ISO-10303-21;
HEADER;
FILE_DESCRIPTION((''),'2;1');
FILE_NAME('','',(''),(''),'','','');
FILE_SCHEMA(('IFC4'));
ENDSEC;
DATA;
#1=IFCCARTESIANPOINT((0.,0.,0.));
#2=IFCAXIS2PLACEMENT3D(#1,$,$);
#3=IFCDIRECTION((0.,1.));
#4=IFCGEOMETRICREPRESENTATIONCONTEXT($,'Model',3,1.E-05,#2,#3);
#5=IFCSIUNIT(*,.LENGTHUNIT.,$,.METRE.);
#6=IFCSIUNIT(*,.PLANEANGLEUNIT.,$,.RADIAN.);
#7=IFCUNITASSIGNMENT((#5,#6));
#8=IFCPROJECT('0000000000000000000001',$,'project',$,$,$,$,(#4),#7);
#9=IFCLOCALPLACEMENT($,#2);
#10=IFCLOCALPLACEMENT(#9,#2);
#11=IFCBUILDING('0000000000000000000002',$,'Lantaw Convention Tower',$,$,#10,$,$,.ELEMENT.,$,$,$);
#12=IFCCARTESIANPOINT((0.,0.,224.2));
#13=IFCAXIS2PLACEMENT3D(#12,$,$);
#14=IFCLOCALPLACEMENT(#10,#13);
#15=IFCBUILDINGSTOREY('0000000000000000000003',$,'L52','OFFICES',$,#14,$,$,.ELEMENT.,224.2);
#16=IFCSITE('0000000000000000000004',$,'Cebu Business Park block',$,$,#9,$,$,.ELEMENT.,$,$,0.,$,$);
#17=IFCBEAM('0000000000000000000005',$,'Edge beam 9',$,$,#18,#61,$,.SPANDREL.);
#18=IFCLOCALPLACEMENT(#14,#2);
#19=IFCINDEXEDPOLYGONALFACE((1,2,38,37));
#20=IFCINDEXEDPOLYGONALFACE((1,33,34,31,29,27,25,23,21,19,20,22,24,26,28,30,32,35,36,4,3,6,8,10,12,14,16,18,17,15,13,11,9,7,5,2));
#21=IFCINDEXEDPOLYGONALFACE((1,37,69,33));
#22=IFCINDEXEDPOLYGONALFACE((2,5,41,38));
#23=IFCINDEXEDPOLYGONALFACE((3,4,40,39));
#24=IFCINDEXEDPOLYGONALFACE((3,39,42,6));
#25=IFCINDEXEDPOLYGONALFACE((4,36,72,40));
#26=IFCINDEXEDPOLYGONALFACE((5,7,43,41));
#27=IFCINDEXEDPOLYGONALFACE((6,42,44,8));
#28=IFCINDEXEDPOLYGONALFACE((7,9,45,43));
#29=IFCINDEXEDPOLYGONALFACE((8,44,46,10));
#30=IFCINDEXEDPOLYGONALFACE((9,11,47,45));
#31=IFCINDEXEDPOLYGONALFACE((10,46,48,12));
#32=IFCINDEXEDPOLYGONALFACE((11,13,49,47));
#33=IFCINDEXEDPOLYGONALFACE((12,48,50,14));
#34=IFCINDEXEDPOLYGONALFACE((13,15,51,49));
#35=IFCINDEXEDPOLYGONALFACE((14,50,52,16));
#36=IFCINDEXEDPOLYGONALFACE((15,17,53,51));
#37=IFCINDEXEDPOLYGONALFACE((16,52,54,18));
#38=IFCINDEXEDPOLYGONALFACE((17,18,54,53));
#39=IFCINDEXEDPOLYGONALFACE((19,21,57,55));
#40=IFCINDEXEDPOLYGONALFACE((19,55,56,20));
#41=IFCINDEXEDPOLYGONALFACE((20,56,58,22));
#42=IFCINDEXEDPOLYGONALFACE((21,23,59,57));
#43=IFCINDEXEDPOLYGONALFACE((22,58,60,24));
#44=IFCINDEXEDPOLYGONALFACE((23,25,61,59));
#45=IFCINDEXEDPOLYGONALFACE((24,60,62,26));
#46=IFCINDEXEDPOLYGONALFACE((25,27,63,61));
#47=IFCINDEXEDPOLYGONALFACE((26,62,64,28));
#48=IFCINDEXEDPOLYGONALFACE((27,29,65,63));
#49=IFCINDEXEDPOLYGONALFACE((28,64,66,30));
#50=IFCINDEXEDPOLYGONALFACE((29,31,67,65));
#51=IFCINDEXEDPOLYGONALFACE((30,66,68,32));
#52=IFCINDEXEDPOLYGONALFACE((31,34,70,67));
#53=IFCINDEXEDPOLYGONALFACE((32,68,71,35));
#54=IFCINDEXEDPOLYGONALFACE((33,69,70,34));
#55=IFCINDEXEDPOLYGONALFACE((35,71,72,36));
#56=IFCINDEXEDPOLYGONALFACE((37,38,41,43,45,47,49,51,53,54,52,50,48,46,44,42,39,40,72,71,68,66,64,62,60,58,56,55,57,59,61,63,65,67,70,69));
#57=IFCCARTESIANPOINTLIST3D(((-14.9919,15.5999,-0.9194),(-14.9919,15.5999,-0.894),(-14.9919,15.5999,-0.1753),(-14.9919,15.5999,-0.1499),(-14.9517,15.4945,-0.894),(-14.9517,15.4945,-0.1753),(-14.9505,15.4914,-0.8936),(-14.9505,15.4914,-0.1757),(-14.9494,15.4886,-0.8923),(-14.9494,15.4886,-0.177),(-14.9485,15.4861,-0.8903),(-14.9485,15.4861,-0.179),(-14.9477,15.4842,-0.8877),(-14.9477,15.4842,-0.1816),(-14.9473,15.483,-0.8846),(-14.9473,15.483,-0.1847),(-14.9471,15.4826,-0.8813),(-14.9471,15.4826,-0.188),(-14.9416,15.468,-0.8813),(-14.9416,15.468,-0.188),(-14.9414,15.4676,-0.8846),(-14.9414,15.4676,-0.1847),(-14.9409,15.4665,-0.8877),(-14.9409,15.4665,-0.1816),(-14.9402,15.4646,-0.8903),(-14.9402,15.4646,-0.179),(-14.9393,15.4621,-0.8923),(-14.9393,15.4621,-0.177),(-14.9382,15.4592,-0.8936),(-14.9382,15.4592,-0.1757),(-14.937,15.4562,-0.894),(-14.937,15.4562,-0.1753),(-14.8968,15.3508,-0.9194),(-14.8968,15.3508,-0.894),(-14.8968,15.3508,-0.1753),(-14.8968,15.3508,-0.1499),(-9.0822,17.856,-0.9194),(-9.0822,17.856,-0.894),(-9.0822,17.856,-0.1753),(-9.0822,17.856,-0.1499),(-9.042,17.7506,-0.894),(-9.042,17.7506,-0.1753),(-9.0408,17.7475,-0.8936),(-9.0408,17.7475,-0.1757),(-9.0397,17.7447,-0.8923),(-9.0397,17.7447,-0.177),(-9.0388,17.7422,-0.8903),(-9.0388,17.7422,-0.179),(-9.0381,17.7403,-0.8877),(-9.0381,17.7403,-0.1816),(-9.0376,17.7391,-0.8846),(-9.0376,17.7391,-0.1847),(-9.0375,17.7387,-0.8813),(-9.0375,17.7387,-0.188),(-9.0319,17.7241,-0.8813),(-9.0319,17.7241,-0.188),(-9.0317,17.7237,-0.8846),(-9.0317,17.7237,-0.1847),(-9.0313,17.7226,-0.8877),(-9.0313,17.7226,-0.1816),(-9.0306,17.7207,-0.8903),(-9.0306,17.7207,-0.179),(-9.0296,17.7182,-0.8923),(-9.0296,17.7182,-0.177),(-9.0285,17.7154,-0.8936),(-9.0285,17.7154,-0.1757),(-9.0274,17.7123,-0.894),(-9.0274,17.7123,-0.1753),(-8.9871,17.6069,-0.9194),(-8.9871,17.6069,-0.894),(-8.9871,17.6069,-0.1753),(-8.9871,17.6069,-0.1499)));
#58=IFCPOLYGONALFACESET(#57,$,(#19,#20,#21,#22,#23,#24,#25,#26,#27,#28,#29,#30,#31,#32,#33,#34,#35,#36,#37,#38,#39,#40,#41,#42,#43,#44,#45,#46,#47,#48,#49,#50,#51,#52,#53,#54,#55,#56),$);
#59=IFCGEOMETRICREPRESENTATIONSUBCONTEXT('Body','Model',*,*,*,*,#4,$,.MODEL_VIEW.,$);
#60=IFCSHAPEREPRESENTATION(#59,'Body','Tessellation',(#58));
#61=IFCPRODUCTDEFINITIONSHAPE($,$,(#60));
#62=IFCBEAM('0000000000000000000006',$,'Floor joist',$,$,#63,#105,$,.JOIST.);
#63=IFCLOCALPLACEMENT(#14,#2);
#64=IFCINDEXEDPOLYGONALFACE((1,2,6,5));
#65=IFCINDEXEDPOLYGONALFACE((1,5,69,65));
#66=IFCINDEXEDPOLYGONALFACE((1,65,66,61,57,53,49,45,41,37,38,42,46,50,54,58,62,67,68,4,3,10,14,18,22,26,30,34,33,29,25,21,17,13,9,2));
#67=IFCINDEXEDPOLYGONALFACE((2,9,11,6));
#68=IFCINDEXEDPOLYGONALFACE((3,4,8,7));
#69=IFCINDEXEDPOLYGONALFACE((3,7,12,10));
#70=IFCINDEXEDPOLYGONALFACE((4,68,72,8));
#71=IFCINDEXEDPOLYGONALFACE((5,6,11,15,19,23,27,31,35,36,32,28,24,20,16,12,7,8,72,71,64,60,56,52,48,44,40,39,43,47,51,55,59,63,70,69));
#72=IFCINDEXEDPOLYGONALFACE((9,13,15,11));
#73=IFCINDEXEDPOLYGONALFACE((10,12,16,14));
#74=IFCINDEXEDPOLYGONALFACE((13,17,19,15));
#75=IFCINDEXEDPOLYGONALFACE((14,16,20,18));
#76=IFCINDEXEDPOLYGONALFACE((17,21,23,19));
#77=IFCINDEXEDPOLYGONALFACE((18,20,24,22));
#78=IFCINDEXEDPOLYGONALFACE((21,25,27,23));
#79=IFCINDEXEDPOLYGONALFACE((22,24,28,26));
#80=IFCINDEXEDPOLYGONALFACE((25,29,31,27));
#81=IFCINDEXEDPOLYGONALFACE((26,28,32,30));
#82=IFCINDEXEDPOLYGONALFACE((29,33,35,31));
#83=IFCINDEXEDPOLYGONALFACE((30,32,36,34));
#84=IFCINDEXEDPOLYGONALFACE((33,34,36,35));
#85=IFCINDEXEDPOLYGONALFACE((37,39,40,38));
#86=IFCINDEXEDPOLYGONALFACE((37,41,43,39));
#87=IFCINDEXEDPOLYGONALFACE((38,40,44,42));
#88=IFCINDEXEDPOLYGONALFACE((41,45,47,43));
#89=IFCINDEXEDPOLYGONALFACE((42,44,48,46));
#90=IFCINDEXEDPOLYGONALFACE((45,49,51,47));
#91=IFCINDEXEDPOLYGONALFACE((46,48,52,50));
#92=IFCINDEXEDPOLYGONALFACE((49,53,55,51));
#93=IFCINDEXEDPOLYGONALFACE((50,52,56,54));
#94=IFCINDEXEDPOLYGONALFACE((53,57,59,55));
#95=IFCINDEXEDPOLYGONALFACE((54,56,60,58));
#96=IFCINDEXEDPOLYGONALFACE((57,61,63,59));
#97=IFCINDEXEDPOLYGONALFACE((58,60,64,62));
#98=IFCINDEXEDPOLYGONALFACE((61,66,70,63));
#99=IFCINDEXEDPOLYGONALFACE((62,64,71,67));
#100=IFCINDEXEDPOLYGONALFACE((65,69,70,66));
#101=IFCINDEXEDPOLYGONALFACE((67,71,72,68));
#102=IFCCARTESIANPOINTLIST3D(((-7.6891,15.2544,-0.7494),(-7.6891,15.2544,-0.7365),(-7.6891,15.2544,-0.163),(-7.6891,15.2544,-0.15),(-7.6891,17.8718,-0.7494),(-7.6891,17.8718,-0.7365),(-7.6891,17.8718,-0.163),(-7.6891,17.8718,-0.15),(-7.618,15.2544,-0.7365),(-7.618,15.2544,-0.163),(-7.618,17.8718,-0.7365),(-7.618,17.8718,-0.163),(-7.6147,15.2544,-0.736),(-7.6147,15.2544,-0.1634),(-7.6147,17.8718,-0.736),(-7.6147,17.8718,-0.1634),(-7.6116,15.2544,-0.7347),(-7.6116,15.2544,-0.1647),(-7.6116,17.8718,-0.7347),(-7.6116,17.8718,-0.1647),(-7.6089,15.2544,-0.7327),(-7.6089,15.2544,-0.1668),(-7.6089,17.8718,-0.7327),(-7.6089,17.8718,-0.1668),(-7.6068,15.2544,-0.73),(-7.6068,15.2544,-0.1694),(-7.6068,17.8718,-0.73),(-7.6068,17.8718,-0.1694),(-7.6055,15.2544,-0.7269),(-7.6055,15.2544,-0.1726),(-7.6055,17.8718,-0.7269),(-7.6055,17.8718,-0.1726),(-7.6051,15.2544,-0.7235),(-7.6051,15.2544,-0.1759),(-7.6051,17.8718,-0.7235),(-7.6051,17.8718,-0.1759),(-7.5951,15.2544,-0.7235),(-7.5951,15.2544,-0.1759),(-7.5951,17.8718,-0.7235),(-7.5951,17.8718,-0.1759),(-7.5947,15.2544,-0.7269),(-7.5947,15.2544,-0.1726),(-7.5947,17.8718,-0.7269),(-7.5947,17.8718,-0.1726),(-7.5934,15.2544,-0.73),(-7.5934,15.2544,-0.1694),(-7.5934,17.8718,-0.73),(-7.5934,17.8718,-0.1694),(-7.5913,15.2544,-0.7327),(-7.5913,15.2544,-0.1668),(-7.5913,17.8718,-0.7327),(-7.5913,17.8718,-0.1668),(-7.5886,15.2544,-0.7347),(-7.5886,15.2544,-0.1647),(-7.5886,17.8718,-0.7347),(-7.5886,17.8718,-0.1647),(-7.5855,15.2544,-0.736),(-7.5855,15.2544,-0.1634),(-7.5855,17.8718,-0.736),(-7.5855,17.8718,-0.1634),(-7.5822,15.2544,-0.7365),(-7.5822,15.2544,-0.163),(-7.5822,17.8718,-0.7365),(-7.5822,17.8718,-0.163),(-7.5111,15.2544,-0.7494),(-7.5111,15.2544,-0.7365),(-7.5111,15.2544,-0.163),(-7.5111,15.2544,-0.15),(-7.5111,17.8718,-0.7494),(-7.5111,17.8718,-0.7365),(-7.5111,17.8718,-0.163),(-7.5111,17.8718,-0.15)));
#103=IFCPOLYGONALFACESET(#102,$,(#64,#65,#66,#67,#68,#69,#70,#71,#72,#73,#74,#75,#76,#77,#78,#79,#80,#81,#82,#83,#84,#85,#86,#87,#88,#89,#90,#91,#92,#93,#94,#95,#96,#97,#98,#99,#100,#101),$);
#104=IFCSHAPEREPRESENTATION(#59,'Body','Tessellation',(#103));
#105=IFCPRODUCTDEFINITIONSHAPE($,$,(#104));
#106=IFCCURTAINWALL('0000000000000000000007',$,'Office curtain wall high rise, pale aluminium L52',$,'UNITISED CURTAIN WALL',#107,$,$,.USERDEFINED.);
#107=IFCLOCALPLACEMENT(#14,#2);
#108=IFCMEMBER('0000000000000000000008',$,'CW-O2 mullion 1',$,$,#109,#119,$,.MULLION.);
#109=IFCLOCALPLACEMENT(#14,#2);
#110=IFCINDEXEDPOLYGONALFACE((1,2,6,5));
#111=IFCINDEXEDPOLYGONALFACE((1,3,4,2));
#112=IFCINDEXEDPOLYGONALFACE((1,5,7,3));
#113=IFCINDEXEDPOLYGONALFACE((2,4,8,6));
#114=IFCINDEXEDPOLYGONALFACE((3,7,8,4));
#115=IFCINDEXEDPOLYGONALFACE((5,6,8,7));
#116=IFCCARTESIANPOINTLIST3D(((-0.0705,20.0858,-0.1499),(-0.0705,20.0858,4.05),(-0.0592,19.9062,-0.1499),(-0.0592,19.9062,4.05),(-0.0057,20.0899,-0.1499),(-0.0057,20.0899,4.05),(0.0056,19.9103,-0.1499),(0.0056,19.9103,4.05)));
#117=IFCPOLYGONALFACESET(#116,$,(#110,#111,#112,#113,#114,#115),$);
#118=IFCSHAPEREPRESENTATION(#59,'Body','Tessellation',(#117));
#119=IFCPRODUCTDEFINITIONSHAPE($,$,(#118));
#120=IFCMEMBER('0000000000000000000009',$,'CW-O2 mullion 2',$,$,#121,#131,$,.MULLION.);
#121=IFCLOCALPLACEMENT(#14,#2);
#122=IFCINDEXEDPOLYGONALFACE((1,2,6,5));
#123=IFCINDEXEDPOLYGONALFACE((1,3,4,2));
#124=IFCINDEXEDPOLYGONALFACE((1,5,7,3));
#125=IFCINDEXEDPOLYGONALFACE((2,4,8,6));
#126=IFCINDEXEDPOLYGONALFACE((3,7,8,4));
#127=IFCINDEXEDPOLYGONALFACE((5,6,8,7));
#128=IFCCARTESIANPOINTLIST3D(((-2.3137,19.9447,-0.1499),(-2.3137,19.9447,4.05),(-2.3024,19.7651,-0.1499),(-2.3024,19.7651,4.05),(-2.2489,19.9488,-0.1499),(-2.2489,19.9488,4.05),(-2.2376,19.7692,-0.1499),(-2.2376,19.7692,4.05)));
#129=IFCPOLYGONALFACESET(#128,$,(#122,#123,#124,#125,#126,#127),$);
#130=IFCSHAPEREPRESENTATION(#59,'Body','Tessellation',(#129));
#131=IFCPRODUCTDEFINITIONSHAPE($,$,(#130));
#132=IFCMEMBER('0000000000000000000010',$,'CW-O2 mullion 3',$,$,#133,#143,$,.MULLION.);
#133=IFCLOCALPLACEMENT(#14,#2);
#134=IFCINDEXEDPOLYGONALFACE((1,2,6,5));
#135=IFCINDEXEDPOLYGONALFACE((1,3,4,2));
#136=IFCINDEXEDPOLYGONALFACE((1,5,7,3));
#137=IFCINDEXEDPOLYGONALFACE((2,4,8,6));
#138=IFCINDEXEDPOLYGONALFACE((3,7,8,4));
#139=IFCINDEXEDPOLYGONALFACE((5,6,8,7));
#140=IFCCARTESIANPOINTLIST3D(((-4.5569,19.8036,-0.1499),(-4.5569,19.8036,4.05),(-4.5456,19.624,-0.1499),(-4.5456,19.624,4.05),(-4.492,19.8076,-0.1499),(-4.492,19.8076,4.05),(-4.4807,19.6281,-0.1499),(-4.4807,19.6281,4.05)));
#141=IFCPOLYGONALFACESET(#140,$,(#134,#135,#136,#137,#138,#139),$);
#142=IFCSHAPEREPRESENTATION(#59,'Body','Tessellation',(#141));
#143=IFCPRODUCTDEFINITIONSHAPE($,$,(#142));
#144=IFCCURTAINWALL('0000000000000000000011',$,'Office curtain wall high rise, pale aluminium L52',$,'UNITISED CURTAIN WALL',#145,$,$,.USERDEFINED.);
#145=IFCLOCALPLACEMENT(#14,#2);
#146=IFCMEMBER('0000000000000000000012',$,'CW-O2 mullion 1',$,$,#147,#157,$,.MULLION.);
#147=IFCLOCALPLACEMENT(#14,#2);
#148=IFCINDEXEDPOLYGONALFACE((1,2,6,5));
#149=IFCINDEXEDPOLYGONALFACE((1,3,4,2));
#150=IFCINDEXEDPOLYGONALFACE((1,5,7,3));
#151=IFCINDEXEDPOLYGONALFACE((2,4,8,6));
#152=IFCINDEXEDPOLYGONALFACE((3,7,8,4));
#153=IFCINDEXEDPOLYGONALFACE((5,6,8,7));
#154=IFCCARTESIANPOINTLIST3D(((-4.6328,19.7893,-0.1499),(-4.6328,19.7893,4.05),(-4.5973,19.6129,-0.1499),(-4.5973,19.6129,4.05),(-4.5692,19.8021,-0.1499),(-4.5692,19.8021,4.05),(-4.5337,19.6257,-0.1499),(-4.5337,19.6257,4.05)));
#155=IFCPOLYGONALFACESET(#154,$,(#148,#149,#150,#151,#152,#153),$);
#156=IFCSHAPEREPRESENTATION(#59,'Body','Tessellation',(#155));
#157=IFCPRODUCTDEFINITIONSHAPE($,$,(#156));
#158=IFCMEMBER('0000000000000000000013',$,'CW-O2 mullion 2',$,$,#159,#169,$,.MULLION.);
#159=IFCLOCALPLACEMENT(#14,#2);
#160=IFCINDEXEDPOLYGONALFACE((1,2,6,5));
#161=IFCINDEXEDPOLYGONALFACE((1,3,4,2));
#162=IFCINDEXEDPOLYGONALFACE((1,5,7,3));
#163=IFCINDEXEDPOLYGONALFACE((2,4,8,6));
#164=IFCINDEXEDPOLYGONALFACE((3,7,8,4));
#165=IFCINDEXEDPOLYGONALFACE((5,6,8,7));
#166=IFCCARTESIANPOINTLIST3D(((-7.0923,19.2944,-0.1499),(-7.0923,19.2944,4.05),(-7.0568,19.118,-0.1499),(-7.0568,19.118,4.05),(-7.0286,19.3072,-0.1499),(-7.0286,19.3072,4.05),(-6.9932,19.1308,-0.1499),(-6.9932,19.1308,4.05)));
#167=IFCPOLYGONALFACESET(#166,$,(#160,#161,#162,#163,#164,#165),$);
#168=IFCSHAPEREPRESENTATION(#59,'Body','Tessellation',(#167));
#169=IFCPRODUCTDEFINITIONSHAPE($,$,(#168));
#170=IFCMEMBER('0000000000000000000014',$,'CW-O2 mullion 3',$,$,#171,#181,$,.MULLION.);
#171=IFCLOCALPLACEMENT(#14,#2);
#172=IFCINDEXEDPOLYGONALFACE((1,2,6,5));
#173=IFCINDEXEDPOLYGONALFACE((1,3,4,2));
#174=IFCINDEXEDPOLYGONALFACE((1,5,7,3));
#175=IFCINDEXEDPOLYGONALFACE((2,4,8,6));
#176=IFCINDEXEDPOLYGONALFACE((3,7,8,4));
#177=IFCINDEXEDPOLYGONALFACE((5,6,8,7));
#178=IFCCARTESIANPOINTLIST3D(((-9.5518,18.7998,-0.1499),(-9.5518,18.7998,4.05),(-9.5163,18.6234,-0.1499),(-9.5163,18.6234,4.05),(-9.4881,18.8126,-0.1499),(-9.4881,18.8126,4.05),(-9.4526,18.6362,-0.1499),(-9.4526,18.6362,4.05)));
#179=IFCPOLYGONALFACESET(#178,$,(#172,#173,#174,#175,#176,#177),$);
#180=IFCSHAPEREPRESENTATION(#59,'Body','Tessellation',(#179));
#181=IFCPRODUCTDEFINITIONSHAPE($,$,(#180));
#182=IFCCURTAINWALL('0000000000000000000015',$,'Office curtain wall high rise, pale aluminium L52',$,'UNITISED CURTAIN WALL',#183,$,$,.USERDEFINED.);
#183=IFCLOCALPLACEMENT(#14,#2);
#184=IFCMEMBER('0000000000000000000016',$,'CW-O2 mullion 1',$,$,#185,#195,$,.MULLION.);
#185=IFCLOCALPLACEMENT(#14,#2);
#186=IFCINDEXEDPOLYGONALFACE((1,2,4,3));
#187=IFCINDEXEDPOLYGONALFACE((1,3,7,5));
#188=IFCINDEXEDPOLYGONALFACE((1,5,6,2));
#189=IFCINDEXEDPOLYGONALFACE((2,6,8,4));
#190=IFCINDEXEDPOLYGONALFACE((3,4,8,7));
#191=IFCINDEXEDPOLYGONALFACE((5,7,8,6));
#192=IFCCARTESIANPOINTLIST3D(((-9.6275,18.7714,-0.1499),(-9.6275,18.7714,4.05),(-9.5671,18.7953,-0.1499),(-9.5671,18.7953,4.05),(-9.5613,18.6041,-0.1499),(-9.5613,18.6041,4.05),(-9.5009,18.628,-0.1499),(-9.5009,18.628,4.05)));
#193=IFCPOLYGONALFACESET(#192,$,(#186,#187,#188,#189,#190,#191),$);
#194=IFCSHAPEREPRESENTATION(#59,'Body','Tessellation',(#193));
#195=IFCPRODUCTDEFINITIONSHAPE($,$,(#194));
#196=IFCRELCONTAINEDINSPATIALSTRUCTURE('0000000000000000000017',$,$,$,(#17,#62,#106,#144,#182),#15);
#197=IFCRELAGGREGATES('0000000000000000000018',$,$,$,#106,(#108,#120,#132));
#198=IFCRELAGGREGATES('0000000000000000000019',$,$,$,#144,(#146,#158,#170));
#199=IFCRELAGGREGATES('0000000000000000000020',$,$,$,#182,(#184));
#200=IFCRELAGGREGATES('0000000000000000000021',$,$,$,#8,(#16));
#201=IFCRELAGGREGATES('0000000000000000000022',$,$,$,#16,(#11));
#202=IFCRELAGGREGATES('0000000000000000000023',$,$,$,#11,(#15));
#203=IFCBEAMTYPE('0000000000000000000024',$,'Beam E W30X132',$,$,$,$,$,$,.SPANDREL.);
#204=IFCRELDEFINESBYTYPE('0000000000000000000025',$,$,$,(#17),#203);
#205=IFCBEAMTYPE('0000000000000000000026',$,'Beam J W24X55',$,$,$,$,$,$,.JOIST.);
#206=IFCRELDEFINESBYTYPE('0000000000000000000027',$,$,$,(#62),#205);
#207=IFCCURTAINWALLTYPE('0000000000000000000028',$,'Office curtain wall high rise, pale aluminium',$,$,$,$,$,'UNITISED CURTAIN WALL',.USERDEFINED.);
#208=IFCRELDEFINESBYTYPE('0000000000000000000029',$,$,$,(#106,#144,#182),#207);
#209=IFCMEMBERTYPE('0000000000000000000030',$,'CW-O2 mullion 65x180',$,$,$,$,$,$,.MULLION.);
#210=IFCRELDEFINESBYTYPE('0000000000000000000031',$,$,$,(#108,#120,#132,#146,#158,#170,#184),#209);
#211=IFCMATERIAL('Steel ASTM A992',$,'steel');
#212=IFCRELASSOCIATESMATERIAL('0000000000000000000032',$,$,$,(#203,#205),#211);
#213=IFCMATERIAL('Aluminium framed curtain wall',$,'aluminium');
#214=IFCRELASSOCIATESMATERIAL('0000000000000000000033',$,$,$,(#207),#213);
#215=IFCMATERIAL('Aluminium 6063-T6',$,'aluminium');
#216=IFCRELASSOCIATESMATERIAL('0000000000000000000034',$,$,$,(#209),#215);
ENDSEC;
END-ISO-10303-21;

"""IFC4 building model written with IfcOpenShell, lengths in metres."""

from ifc_helpers import new_model, si_unit, direction, frame, origin, origin_2d, place, context, subcontext, project, spatial, rectangle, i_section, extrude, material, material_profile, profile_set, type_object, element, aggregate, save


model = new_model("IFC4")

# Units and contexts
model_context = context("Model", 3, precision=1e-05, world=origin(), true_north=direction((0.0, 1.0)))
body_context = subcontext(model_context, "Body", "Model", "MODEL_VIEW")
ifc_project = project(units=[si_unit("LENGTHUNIT", "METRE"), si_unit("PLANEANGLEUNIT", "RADIAN")], contexts=[model_context])

# Site, building, storey
site_placement = place(None, origin())
site = spatial("IfcSite", under=ifc_project, at=site_placement, Name="Cebu Business Park block", CompositionType="ELEMENT", RefElevation=0.0)
building_placement = place(site_placement, origin())
building = spatial("IfcBuilding", under=site, at=building_placement, Name="Lantaw Convention Tower", CompositionType="ELEMENT")
storey_placement = place(building_placement, frame((0.0, 0.0, 224.2)))
storey = spatial("IfcBuildingStorey", under=building, at=storey_placement, Name="L52", Description="OFFICES", CompositionType="ELEMENT", Elevation=224.2)

# Beams
ifc_material_1 = material(Name="Steel ASTM A992", Category="steel")
ifc_material_profile_1 = material_profile(ifc_material_1, i_section(OverallWidth=0.2666, OverallDepth=0.7695, WebThickness=0.0156, FlangeThickness=0.0254, FilletRadius=0.0127, at=origin_2d()), Name="W30X132")
ifc_profile_set_1 = profile_set([ifc_material_profile_1], Name="Steel ASTM A992")
beam_type_1 = type_object("IfcBeamType", Name="Beam E W30X132", PredefinedType="SPANDREL", material=ifc_profile_set_1)
beam_1_placement = place(storey_placement, frame((-9.0347, 17.7314, -0.5347), z_axis=(-0.934235, -0.356658, 0.0), x_axis=(0.356658, -0.934235, 0.0)))
element("IfcBeam", 1, at=beam_1_placement, inside=storey, type_object=beam_type_1, Name="Edge beam 9", PredefinedType="SPANDREL", context=body_context, shape_type="SweptSolid", body=[
    extrude(i_section(OverallWidth=0.2666, OverallDepth=0.7695, WebThickness=0.0156, FlangeThickness=0.0254, FilletRadius=0.0127, at=origin_2d()), origin(), (0.0, 0.0, 1.0), 6.3257),
])
ifc_material_profile_2 = material_profile(ifc_material_1, i_section(OverallWidth=0.178, OverallDepth=0.5994, WebThickness=0.01, FlangeThickness=0.0129, FilletRadius=0.0129, at=origin_2d()), Name="W24X55")
ifc_profile_set_2 = profile_set([ifc_material_profile_2], Name="Steel ASTM A992")
beam_type_2 = type_object("IfcBeamType", Name="Beam J W24X55", PredefinedType="JOIST", material=ifc_profile_set_2)
beam_2_placement = place(storey_placement, frame((-7.6001, 15.2544, -0.4497), z_axis=(0.0, 1.0, 0.0), x_axis=(-1.0, 0.0, 0.0)))
element("IfcBeam", 2, at=beam_2_placement, inside=storey, type_object=beam_type_2, Name="Floor joist", PredefinedType="JOIST", context=body_context, shape_type="SweptSolid", body=[
    extrude(i_section(OverallWidth=0.178, OverallDepth=0.5994, WebThickness=0.01, FlangeThickness=0.0129, FilletRadius=0.0129, at=origin_2d()), origin(), (0.0, 0.0, 1.0), 2.6174),
])

# Curtain walls, members
ifc_material_2 = material(Name="Aluminium framed curtain wall", Category="aluminium")
curtain_wall_type = type_object("IfcCurtainWallType", Name="Office curtain wall high rise, pale aluminium", ElementType="UNITISED CURTAIN WALL", PredefinedType="USERDEFINED", material=ifc_material_2)
curtain_wall_1_placement = place(storey_placement, origin())
curtain_wall_1 = element("IfcCurtainWall", 3, at=curtain_wall_1_placement, inside=storey, type_object=curtain_wall_type, Name="Office curtain wall high rise, pale aluminium L52", ObjectType="UNITISED CURTAIN WALL", PredefinedType="USERDEFINED")
ifc_material_3 = material(Name="Aluminium 6063-T6", Category="aluminium")
ifc_material_profile_3 = material_profile(ifc_material_3, rectangle(XDim=0.1799, YDim=0.0649, at=origin_2d()), Name="CW-O2 mullion 65x180")
ifc_profile_set_3 = profile_set([ifc_material_profile_3], Name="Aluminium 6063-T6")
member_type_1 = type_object("IfcMemberType", Name="CW-O2 mullion 65x180", PredefinedType="MULLION", material=ifc_profile_set_3)
member_1_placement = place(storey_placement, frame((-0.0325, 19.998, -0.1499), z_axis=(0.0, 0.0, 1.0), x_axis=(0.062758, -0.998029, 0.0)))
member_1 = element("IfcMember", 4, at=member_1_placement, type_object=member_type_1, Name="CW-O2 mullion 1", PredefinedType="MULLION", context=body_context, shape_type="SweptSolid", body=[
    extrude(rectangle(XDim=0.1799, YDim=0.0649, at=origin_2d()), origin(), (0.0, 0.0, 1.0), 4.2),
])
member_2_placement = place(storey_placement, frame((-2.2756, 19.8569, -0.1499), z_axis=(0.0, 0.0, 1.0), x_axis=(0.062758, -0.998029, 0.0)))
member_2 = element("IfcMember", 5, at=member_2_placement, type_object=member_type_1, Name="CW-O2 mullion 2", PredefinedType="MULLION", context=body_context, shape_type="SweptSolid", body=[
    extrude(rectangle(XDim=0.1799, YDim=0.0649, at=origin_2d()), origin(), (0.0, 0.0, 1.0), 4.2),
])
member_3_placement = place(storey_placement, frame((-4.5188, 19.7158, -0.1499), z_axis=(0.0, 0.0, 1.0), x_axis=(0.062758, -0.998029, 0.0)))
member_3 = element("IfcMember", 6, at=member_3_placement, type_object=member_type_1, Name="CW-O2 mullion 3", PredefinedType="MULLION", context=body_context, shape_type="SweptSolid", body=[
    extrude(rectangle(XDim=0.1799, YDim=0.0649, at=origin_2d()), origin(), (0.0, 0.0, 1.0), 4.2),
])
curtain_wall_2_placement = place(storey_placement, origin())
curtain_wall_2 = element("IfcCurtainWall", 7, at=curtain_wall_2_placement, inside=storey, type_object=curtain_wall_type, Name="Office curtain wall high rise, pale aluminium L52", ObjectType="UNITISED CURTAIN WALL", PredefinedType="USERDEFINED")
member_4_placement = place(storey_placement, frame((-4.5833, 19.7075, -0.1499), z_axis=(0.0, 0.0, 1.0), x_axis=(0.197183, -0.980367, 0.0)))
member_4 = element("IfcMember", 8, at=member_4_placement, type_object=member_type_1, Name="CW-O2 mullion 1", PredefinedType="MULLION", context=body_context, shape_type="SweptSolid", body=[
    extrude(rectangle(XDim=0.1799, YDim=0.0649, at=origin_2d()), origin(), (0.0, 0.0, 1.0), 4.2),
])
member_5_placement = place(storey_placement, frame((-7.0427, 19.2126, -0.1499), z_axis=(0.0, 0.0, 1.0), x_axis=(0.197183, -0.980367, 0.0)))
member_5 = element("IfcMember", 9, at=member_5_placement, type_object=member_type_1, Name="CW-O2 mullion 2", PredefinedType="MULLION", context=body_context, shape_type="SweptSolid", body=[
    extrude(rectangle(XDim=0.1799, YDim=0.0649, at=origin_2d()), origin(), (0.0, 0.0, 1.0), 4.2),
])
member_6_placement = place(storey_placement, frame((-9.5022, 18.718, -0.1499), z_axis=(0.0, 0.0, 1.0), x_axis=(0.197183, -0.980367, 0.0)))
member_6 = element("IfcMember", 10, at=member_6_placement, type_object=member_type_1, Name="CW-O2 mullion 3", PredefinedType="MULLION", context=body_context, shape_type="SweptSolid", body=[
    extrude(rectangle(XDim=0.1799, YDim=0.0649, at=origin_2d()), origin(), (0.0, 0.0, 1.0), 4.2),
])

# Curtain wall, member
curtain_wall_3_placement = place(storey_placement, origin())
curtain_wall_3 = element("IfcCurtainWall", 11, at=curtain_wall_3_placement, inside=storey, type_object=curtain_wall_type, Name="Office curtain wall high rise, pale aluminium L52", ObjectType="UNITISED CURTAIN WALL", PredefinedType="USERDEFINED")
member_7_placement = place(storey_placement, frame((-9.5642, 18.6997, -0.1499), z_axis=(0.0, 0.0, 1.0), x_axis=(0.368162, -0.929762, 0.0)))
member_7 = element("IfcMember", 12, at=member_7_placement, type_object=member_type_1, Name="CW-O2 mullion 1", PredefinedType="MULLION", context=body_context, shape_type="SweptSolid", body=[
    extrude(rectangle(XDim=0.1799, YDim=0.0649, at=origin_2d()), origin(), (0.0, 0.0, 1.0), 4.2),
])

aggregate(curtain_wall_1, [member_1, member_2, member_3])
aggregate(curtain_wall_2, [member_4, member_5, member_6])
aggregate(curtain_wall_3, [member_7])

save(model, "model.ifc")
